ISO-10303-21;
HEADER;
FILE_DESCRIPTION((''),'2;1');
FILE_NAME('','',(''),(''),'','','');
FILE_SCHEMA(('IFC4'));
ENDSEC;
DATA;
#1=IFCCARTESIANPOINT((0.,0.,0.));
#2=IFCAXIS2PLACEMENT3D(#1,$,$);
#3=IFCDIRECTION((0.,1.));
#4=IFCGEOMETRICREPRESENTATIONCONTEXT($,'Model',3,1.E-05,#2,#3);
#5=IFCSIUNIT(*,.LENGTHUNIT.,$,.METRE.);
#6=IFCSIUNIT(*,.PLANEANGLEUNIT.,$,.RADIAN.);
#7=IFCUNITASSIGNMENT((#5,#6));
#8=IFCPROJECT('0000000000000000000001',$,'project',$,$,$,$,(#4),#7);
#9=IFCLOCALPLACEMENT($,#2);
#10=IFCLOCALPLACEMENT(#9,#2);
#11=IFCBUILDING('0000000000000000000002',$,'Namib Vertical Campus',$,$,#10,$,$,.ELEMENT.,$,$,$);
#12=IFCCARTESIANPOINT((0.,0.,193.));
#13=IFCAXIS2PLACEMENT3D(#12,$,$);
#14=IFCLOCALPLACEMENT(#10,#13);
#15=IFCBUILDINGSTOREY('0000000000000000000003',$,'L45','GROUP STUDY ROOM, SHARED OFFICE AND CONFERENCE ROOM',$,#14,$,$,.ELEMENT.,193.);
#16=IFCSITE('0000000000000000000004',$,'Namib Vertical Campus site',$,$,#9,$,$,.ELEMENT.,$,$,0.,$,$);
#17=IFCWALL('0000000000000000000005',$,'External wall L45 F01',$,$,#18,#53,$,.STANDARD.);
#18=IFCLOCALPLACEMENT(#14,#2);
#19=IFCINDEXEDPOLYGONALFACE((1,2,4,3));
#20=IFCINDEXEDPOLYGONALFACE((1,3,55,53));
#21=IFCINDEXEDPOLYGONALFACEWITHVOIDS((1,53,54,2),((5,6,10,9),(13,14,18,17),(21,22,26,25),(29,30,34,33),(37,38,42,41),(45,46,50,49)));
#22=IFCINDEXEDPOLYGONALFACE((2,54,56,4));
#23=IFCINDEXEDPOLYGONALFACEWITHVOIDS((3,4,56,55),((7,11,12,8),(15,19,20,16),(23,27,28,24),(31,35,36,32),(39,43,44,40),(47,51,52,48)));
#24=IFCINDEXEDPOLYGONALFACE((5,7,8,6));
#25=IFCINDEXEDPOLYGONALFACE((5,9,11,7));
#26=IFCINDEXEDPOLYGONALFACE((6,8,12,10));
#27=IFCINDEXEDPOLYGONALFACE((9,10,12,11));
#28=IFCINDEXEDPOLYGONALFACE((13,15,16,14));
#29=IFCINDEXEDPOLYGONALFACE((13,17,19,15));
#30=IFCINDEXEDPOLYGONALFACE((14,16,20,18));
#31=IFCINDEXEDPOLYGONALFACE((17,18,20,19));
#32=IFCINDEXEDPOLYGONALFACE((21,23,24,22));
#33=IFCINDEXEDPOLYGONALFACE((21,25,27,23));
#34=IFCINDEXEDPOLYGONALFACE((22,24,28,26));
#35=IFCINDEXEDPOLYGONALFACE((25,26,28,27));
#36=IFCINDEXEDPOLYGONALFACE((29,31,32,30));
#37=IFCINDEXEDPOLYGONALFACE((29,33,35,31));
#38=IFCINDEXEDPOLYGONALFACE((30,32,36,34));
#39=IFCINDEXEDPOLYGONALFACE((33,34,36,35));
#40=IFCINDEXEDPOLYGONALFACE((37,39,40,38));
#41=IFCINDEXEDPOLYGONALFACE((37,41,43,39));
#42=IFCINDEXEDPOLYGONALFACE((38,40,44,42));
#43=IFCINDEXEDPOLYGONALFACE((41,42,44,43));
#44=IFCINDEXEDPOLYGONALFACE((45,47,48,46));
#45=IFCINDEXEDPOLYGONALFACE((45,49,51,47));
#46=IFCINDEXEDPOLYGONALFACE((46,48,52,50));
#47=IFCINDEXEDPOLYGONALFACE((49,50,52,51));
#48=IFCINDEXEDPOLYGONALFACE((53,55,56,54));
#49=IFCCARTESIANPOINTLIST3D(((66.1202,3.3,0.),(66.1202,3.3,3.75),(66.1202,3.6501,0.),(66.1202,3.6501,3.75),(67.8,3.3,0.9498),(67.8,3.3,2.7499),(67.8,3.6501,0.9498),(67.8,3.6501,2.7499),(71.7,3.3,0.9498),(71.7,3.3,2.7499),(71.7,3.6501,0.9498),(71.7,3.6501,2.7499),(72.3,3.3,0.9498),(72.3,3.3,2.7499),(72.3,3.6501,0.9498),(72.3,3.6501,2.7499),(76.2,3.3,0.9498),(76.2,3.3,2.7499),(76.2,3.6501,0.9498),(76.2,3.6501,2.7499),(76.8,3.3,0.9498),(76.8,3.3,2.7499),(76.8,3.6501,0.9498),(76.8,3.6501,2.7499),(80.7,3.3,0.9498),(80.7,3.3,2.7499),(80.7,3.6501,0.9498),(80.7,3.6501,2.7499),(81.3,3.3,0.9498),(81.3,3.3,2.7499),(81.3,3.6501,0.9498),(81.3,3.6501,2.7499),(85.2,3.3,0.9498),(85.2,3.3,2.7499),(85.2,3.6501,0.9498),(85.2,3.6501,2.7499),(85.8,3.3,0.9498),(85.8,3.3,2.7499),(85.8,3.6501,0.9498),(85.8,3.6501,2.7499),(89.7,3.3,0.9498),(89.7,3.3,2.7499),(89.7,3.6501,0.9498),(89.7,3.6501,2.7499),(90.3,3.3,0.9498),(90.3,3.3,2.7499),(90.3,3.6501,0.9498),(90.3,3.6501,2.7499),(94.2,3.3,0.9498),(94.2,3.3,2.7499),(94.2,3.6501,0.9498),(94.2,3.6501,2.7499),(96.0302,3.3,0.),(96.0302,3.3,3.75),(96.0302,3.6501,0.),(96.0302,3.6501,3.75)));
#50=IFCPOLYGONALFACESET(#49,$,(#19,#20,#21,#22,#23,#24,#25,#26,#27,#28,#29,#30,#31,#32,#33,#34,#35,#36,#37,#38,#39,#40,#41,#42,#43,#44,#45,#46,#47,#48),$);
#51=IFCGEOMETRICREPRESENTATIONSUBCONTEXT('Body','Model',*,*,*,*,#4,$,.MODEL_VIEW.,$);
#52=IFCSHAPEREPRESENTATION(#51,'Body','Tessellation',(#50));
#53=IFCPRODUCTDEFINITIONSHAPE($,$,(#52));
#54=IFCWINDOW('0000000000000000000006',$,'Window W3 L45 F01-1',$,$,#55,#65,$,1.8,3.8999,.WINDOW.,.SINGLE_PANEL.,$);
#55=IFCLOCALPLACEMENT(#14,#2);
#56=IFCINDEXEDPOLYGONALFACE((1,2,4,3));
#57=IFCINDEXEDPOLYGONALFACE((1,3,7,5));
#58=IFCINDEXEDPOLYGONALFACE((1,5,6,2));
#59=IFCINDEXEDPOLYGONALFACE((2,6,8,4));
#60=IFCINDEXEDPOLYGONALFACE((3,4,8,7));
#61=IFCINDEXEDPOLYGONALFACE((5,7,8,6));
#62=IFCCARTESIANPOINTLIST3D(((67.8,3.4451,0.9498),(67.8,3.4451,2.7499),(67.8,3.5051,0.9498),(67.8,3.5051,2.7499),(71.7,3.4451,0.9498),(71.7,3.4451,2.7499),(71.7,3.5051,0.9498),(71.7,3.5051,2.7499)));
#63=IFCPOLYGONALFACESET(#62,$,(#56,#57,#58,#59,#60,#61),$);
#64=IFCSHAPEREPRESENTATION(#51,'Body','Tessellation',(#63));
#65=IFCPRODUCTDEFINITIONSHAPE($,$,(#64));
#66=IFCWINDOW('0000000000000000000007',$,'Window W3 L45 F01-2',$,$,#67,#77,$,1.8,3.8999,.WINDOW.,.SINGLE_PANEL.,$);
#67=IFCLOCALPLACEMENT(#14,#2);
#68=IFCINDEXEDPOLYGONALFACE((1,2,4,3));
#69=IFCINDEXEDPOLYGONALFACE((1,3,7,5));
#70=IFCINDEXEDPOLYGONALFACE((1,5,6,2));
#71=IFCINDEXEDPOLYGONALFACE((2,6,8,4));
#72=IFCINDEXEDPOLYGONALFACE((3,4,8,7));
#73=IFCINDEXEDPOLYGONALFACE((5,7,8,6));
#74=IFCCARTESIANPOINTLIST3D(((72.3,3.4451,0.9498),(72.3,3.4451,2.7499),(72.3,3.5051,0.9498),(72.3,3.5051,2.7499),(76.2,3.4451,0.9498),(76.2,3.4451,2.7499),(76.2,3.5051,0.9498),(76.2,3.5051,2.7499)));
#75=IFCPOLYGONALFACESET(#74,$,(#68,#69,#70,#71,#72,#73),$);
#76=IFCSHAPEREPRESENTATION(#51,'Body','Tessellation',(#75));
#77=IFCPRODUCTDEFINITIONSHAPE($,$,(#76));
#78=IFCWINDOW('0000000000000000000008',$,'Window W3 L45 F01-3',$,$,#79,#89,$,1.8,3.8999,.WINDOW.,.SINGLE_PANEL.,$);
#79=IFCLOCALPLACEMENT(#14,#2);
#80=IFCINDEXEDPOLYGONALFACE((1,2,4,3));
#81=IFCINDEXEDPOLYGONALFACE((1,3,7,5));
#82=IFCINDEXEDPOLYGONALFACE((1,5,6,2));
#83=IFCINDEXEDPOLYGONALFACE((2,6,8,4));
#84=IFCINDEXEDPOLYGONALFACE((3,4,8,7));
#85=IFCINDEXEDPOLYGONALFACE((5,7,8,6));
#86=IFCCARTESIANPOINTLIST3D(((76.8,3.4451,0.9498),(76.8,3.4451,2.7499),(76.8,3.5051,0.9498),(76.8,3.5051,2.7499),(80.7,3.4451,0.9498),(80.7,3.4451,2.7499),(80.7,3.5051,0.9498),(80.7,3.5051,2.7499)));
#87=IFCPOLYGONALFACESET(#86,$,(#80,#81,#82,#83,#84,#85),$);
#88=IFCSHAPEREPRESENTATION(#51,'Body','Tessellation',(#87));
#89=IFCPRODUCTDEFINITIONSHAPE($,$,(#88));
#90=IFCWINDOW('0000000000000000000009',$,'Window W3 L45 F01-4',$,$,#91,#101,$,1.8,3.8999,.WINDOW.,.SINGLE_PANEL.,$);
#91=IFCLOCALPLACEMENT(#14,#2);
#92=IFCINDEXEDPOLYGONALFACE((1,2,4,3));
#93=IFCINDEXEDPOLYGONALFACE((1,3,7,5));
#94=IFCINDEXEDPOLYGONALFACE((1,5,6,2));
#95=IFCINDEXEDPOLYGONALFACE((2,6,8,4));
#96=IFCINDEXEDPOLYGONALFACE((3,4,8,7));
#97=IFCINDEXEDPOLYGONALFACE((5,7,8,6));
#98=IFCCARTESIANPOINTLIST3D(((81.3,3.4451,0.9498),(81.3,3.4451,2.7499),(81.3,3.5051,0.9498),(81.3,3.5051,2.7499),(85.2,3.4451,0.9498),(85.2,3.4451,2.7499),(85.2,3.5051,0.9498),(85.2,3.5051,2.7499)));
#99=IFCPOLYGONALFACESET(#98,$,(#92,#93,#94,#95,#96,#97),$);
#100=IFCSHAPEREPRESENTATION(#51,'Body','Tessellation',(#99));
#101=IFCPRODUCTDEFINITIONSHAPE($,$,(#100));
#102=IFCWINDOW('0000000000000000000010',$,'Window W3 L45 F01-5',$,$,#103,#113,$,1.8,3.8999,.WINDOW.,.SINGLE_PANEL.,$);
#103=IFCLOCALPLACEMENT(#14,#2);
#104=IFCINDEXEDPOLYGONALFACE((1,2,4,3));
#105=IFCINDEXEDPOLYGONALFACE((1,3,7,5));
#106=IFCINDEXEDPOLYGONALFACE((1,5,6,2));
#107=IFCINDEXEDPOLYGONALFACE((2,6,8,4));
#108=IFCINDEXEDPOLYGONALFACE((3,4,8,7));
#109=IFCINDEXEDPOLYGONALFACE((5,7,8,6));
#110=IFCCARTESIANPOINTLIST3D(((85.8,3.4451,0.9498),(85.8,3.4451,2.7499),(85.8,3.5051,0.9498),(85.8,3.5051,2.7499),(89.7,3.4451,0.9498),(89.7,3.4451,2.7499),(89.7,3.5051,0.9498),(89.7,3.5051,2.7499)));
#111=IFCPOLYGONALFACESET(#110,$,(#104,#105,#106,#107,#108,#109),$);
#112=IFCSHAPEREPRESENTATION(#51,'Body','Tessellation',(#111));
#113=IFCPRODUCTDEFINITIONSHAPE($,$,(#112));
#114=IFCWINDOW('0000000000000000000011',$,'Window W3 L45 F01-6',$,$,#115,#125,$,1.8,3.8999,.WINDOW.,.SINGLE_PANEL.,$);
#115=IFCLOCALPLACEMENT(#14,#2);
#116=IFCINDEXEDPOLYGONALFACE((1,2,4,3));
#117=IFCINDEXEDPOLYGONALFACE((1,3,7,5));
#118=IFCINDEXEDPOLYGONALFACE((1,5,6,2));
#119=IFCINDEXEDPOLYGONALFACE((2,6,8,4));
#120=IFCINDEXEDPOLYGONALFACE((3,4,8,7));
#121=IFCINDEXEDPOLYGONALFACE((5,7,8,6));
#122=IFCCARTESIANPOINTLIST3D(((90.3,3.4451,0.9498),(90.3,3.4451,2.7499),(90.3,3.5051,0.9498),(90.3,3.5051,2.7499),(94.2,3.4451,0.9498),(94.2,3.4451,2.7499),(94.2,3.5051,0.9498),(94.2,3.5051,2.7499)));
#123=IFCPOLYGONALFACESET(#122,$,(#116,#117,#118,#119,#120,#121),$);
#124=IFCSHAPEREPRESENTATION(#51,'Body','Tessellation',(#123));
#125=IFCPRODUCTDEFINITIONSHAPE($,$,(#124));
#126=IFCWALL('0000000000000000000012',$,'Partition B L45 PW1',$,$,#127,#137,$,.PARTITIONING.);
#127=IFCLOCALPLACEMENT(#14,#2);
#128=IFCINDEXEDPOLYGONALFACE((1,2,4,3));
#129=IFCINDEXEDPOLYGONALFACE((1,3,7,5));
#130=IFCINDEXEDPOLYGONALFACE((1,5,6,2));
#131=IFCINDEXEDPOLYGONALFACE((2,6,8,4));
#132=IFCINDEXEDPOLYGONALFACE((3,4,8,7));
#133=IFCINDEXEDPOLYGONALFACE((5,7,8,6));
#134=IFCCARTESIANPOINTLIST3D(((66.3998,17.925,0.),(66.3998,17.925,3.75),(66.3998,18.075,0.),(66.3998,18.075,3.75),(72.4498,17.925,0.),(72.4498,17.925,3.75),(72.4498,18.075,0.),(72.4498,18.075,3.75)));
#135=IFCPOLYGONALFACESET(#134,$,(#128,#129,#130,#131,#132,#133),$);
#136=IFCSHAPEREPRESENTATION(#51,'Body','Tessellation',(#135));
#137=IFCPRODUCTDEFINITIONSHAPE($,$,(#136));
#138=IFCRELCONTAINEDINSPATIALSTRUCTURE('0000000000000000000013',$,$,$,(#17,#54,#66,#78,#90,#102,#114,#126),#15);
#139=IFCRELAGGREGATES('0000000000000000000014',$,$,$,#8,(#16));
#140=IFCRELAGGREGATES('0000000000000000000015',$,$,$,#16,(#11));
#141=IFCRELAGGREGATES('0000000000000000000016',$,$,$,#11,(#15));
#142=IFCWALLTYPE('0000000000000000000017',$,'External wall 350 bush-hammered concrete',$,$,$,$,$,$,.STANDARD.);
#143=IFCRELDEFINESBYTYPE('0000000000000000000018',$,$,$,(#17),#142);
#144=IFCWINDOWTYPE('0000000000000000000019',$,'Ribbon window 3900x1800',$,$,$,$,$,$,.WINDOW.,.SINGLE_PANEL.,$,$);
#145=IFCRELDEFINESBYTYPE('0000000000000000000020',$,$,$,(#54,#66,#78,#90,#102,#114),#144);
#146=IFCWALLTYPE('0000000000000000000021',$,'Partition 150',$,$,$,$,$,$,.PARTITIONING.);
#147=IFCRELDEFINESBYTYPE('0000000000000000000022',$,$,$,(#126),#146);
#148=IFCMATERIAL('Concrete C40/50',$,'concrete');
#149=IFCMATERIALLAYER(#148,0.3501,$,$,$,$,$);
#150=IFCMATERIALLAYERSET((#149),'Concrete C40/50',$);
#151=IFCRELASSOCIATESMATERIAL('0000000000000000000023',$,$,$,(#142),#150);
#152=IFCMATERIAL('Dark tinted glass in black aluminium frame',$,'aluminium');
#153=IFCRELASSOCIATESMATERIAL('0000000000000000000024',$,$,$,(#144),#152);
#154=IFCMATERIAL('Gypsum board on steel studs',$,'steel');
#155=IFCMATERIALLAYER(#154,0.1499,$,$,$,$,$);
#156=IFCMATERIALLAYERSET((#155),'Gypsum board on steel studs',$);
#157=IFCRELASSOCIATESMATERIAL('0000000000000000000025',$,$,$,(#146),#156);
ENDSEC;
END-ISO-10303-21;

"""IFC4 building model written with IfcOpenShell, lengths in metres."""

from ifc_helpers import new_model, si_unit, direction, frame, frame_2d, origin, place, context, subcontext, project, spatial, rectangle, extrude, material, layer, layer_set, type_object, element, fill, save


model = new_model("IFC4")

# Units and contexts
model_context = context("Model", 3, precision=1e-05, world=origin(), true_north=direction((0.0, 1.0)))
body_context = subcontext(model_context, "Body", "Model", "MODEL_VIEW")
ifc_project = project(units=[si_unit("LENGTHUNIT", "METRE"), si_unit("PLANEANGLEUNIT", "RADIAN")], contexts=[model_context])

# Site, building, storey
site_placement = place(None, origin())
site = spatial("IfcSite", under=ifc_project, at=site_placement, Name="Namib Vertical Campus site", CompositionType="ELEMENT", RefElevation=0.0)
building_placement = place(site_placement, origin())
building = spatial("IfcBuilding", under=site, at=building_placement, Name="Namib Vertical Campus", CompositionType="ELEMENT")
storey_placement = place(building_placement, frame((0.0, 0.0, 193.0)))
storey = spatial("IfcBuildingStorey", under=building, at=storey_placement, Name="L45", Description="GROUP STUDY ROOM, SHARED OFFICE AND CONFERENCE ROOM", CompositionType="ELEMENT", Elevation=193.0)

# Wall, openings, windows
ifc_material_1 = material(Name="Concrete C40/50", Category="concrete")
ifc_layer_1 = layer(ifc_material_1, 0.3501)
ifc_layer_set_1 = layer_set([ifc_layer_1], Name="Concrete C40/50")
wall_type_1 = type_object("IfcWallType", Name="External wall 350 bush-hammered concrete", PredefinedType="STANDARD", material=ifc_layer_set_1)
ifc_material_2 = material(Name="Dark tinted glass in black aluminium frame", Category="aluminium")
window_type = type_object("IfcWindowType", Name="Ribbon window 3900x1800", PartitioningType="SINGLE_PANEL", PredefinedType="WINDOW", material=ifc_material_2)
wall_1_placement = place(storey_placement, frame((66.1201, 3.4751, 0.0), z_axis=(0.0, 0.0, 1.0), x_axis=(1.0, 0.0, 0.0)))
wall_1 = element("IfcWall", 1, at=wall_1_placement, inside=storey, type_object=wall_type_1, Name="External wall L45 F01", PredefinedType="STANDARD", context=body_context, shape_type="SweptSolid", body=[
    extrude(rectangle(XDim=29.9099, YDim=0.3501, at=frame_2d((14.9551, 0.0))), origin(), (0.0, 0.0, 1.0), 3.75),
])
opening_1_placement = place(wall_1_placement, frame((1.6799, 0.0, 0.95)))
opening_1 = element("IfcOpeningElement", 2, at=opening_1_placement, cuts=wall_1, PredefinedType="OPENING", context=body_context, shape_type="SweptSolid", body=[
    extrude(rectangle(XDim=3.8999, YDim=1.8, at=frame_2d((1.95, 0.8999))), frame((0.0, 0.1851, 0.0), z_axis=(0.0, -1.0, 0.0), x_axis=(1.0, 0.0, 0.0)), (0.0, 0.0, 1.0), 0.3701),
])
opening_2_placement = place(wall_1_placement, frame((6.1799, 0.0, 0.95)))
opening_2 = element("IfcOpeningElement", 3, at=opening_2_placement, cuts=wall_1, PredefinedType="OPENING", context=body_context, shape_type="SweptSolid", body=[
    extrude(rectangle(XDim=3.8999, YDim=1.8, at=frame_2d((1.95, 0.8999))), frame((0.0, 0.1851, 0.0), z_axis=(0.0, -1.0, 0.0), x_axis=(1.0, 0.0, 0.0)), (0.0, 0.0, 1.0), 0.3701),
])
opening_3_placement = place(wall_1_placement, frame((10.6799, 0.0, 0.95)))
opening_3 = element("IfcOpeningElement", 4, at=opening_3_placement, cuts=wall_1, PredefinedType="OPENING", context=body_context, shape_type="SweptSolid", body=[
    extrude(rectangle(XDim=3.8999, YDim=1.8, at=frame_2d((1.95, 0.8999))), frame((0.0, 0.1851, 0.0), z_axis=(0.0, -1.0, 0.0), x_axis=(1.0, 0.0, 0.0)), (0.0, 0.0, 1.0), 0.3701),
])
opening_4_placement = place(wall_1_placement, frame((15.1799, 0.0, 0.95)))
opening_4 = element("IfcOpeningElement", 5, at=opening_4_placement, cuts=wall_1, PredefinedType="OPENING", context=body_context, shape_type="SweptSolid", body=[
    extrude(rectangle(XDim=3.8999, YDim=1.8, at=frame_2d((1.95, 0.8999))), frame((0.0, 0.1851, 0.0), z_axis=(0.0, -1.0, 0.0), x_axis=(1.0, 0.0, 0.0)), (0.0, 0.0, 1.0), 0.3701),
])
opening_5_placement = place(wall_1_placement, frame((19.6799, 0.0, 0.95)))
opening_5 = element("IfcOpeningElement", 6, at=opening_5_placement, cuts=wall_1, PredefinedType="OPENING", context=body_context, shape_type="SweptSolid", body=[
    extrude(rectangle(XDim=3.8999, YDim=1.8, at=frame_2d((1.95, 0.8999))), frame((0.0, 0.1851, 0.0), z_axis=(0.0, -1.0, 0.0), x_axis=(1.0, 0.0, 0.0)), (0.0, 0.0, 1.0), 0.3701),
])
opening_6_placement = place(wall_1_placement, frame((24.1799, 0.0, 0.95)))
opening_6 = element("IfcOpeningElement", 7, at=opening_6_placement, cuts=wall_1, PredefinedType="OPENING", context=body_context, shape_type="SweptSolid", body=[
    extrude(rectangle(XDim=3.8999, YDim=1.8, at=frame_2d((1.95, 0.8999))), frame((0.0, 0.1851, 0.0), z_axis=(0.0, -1.0, 0.0), x_axis=(1.0, 0.0, 0.0)), (0.0, 0.0, 1.0), 0.3701),
])
window_1_placement = place(opening_1_placement, origin())
window_1 = element("IfcWindow", 8, at=window_1_placement, inside=storey, type_object=window_type, Name="Window W3 L45 F01-1", OverallHeight=1.8, OverallWidth=3.8999, PartitioningType="SINGLE_PANEL", PredefinedType="WINDOW", context=body_context, shape_type="SweptSolid", body=[
    extrude(rectangle(XDim=3.8999, YDim=1.8, at=frame_2d((1.95, 0.8999))), frame((0.0, 0.03, 0.0), z_axis=(0.0, -1.0, 0.0), x_axis=(1.0, 0.0, 0.0)), (0.0, 0.0, 1.0), 0.0601),
])
fill(opening_1, window_1)
window_2_placement = place(opening_2_placement, origin())
window_2 = element("IfcWindow", 9, at=window_2_placement, inside=storey, type_object=window_type, Name="Window W3 L45 F01-2", OverallHeight=1.8, OverallWidth=3.8999, PartitioningType="SINGLE_PANEL", PredefinedType="WINDOW", context=body_context, shape_type="SweptSolid", body=[
    extrude(rectangle(XDim=3.8999, YDim=1.8, at=frame_2d((1.95, 0.8999))), frame((0.0, 0.03, 0.0), z_axis=(0.0, -1.0, 0.0), x_axis=(1.0, 0.0, 0.0)), (0.0, 0.0, 1.0), 0.0601),
])
fill(opening_2, window_2)
window_3_placement = place(opening_3_placement, origin())
window_3 = element("IfcWindow", 10, at=window_3_placement, inside=storey, type_object=window_type, Name="Window W3 L45 F01-3", OverallHeight=1.8, OverallWidth=3.8999, PartitioningType="SINGLE_PANEL", PredefinedType="WINDOW", context=body_context, shape_type="SweptSolid", body=[
    extrude(rectangle(XDim=3.8999, YDim=1.8, at=frame_2d((1.95, 0.8999))), frame((0.0, 0.03, 0.0), z_axis=(0.0, -1.0, 0.0), x_axis=(1.0, 0.0, 0.0)), (0.0, 0.0, 1.0), 0.0601),
])
fill(opening_3, window_3)
window_4_placement = place(opening_4_placement, origin())
window_4 = element("IfcWindow", 11, at=window_4_placement, inside=storey, type_object=window_type, Name="Window W3 L45 F01-4", OverallHeight=1.8, OverallWidth=3.8999, PartitioningType="SINGLE_PANEL", PredefinedType="WINDOW", context=body_context, shape_type="SweptSolid", body=[
    extrude(rectangle(XDim=3.8999, YDim=1.8, at=frame_2d((1.95, 0.8999))), frame((0.0, 0.03, 0.0), z_axis=(0.0, -1.0, 0.0), x_axis=(1.0, 0.0, 0.0)), (0.0, 0.0, 1.0), 0.0601),
])
fill(opening_4, window_4)
window_5_placement = place(opening_5_placement, origin())
window_5 = element("IfcWindow", 12, at=window_5_placement, inside=storey, type_object=window_type, Name="Window W3 L45 F01-5", OverallHeight=1.8, OverallWidth=3.8999, PartitioningType="SINGLE_PANEL", PredefinedType="WINDOW", context=body_context, shape_type="SweptSolid", body=[
    extrude(rectangle(XDim=3.8999, YDim=1.8, at=frame_2d((1.95, 0.8999))), frame((0.0, 0.03, 0.0), z_axis=(0.0, -1.0, 0.0), x_axis=(1.0, 0.0, 0.0)), (0.0, 0.0, 1.0), 0.0601),
])
fill(opening_5, window_5)
window_6_placement = place(opening_6_placement, origin())
window_6 = element("IfcWindow", 13, at=window_6_placement, inside=storey, type_object=window_type, Name="Window W3 L45 F01-6", OverallHeight=1.8, OverallWidth=3.8999, PartitioningType="SINGLE_PANEL", PredefinedType="WINDOW", context=body_context, shape_type="SweptSolid", body=[
    extrude(rectangle(XDim=3.8999, YDim=1.8, at=frame_2d((1.95, 0.8999))), frame((0.0, 0.03, 0.0), z_axis=(0.0, -1.0, 0.0), x_axis=(1.0, 0.0, 0.0)), (0.0, 0.0, 1.0), 0.0601),
])
fill(opening_6, window_6)

# Wall
ifc_material_3 = material(Name="Gypsum board on steel studs", Category="steel")
ifc_layer_2 = layer(ifc_material_3, 0.1499)
ifc_layer_set_2 = layer_set([ifc_layer_2], Name="Gypsum board on steel studs")
wall_type_2 = type_object("IfcWallType", Name="Partition 150", PredefinedType="PARTITIONING", material=ifc_layer_set_2)
wall_2_placement = place(storey_placement, frame((66.3999, 18.0, 0.0), z_axis=(0.0, 0.0, 1.0), x_axis=(1.0, 0.0, 0.0)))
element("IfcWall", 14, at=wall_2_placement, inside=storey, type_object=wall_type_2, Name="Partition B L45 PW1", PredefinedType="PARTITIONING", context=body_context, shape_type="SweptSolid", body=[
    extrude(rectangle(XDim=6.05, YDim=0.1499, at=frame_2d((3.0249, 0.0))), origin(), (0.0, 0.0, 1.0), 3.75),
])

save(model, "model.ifc")
